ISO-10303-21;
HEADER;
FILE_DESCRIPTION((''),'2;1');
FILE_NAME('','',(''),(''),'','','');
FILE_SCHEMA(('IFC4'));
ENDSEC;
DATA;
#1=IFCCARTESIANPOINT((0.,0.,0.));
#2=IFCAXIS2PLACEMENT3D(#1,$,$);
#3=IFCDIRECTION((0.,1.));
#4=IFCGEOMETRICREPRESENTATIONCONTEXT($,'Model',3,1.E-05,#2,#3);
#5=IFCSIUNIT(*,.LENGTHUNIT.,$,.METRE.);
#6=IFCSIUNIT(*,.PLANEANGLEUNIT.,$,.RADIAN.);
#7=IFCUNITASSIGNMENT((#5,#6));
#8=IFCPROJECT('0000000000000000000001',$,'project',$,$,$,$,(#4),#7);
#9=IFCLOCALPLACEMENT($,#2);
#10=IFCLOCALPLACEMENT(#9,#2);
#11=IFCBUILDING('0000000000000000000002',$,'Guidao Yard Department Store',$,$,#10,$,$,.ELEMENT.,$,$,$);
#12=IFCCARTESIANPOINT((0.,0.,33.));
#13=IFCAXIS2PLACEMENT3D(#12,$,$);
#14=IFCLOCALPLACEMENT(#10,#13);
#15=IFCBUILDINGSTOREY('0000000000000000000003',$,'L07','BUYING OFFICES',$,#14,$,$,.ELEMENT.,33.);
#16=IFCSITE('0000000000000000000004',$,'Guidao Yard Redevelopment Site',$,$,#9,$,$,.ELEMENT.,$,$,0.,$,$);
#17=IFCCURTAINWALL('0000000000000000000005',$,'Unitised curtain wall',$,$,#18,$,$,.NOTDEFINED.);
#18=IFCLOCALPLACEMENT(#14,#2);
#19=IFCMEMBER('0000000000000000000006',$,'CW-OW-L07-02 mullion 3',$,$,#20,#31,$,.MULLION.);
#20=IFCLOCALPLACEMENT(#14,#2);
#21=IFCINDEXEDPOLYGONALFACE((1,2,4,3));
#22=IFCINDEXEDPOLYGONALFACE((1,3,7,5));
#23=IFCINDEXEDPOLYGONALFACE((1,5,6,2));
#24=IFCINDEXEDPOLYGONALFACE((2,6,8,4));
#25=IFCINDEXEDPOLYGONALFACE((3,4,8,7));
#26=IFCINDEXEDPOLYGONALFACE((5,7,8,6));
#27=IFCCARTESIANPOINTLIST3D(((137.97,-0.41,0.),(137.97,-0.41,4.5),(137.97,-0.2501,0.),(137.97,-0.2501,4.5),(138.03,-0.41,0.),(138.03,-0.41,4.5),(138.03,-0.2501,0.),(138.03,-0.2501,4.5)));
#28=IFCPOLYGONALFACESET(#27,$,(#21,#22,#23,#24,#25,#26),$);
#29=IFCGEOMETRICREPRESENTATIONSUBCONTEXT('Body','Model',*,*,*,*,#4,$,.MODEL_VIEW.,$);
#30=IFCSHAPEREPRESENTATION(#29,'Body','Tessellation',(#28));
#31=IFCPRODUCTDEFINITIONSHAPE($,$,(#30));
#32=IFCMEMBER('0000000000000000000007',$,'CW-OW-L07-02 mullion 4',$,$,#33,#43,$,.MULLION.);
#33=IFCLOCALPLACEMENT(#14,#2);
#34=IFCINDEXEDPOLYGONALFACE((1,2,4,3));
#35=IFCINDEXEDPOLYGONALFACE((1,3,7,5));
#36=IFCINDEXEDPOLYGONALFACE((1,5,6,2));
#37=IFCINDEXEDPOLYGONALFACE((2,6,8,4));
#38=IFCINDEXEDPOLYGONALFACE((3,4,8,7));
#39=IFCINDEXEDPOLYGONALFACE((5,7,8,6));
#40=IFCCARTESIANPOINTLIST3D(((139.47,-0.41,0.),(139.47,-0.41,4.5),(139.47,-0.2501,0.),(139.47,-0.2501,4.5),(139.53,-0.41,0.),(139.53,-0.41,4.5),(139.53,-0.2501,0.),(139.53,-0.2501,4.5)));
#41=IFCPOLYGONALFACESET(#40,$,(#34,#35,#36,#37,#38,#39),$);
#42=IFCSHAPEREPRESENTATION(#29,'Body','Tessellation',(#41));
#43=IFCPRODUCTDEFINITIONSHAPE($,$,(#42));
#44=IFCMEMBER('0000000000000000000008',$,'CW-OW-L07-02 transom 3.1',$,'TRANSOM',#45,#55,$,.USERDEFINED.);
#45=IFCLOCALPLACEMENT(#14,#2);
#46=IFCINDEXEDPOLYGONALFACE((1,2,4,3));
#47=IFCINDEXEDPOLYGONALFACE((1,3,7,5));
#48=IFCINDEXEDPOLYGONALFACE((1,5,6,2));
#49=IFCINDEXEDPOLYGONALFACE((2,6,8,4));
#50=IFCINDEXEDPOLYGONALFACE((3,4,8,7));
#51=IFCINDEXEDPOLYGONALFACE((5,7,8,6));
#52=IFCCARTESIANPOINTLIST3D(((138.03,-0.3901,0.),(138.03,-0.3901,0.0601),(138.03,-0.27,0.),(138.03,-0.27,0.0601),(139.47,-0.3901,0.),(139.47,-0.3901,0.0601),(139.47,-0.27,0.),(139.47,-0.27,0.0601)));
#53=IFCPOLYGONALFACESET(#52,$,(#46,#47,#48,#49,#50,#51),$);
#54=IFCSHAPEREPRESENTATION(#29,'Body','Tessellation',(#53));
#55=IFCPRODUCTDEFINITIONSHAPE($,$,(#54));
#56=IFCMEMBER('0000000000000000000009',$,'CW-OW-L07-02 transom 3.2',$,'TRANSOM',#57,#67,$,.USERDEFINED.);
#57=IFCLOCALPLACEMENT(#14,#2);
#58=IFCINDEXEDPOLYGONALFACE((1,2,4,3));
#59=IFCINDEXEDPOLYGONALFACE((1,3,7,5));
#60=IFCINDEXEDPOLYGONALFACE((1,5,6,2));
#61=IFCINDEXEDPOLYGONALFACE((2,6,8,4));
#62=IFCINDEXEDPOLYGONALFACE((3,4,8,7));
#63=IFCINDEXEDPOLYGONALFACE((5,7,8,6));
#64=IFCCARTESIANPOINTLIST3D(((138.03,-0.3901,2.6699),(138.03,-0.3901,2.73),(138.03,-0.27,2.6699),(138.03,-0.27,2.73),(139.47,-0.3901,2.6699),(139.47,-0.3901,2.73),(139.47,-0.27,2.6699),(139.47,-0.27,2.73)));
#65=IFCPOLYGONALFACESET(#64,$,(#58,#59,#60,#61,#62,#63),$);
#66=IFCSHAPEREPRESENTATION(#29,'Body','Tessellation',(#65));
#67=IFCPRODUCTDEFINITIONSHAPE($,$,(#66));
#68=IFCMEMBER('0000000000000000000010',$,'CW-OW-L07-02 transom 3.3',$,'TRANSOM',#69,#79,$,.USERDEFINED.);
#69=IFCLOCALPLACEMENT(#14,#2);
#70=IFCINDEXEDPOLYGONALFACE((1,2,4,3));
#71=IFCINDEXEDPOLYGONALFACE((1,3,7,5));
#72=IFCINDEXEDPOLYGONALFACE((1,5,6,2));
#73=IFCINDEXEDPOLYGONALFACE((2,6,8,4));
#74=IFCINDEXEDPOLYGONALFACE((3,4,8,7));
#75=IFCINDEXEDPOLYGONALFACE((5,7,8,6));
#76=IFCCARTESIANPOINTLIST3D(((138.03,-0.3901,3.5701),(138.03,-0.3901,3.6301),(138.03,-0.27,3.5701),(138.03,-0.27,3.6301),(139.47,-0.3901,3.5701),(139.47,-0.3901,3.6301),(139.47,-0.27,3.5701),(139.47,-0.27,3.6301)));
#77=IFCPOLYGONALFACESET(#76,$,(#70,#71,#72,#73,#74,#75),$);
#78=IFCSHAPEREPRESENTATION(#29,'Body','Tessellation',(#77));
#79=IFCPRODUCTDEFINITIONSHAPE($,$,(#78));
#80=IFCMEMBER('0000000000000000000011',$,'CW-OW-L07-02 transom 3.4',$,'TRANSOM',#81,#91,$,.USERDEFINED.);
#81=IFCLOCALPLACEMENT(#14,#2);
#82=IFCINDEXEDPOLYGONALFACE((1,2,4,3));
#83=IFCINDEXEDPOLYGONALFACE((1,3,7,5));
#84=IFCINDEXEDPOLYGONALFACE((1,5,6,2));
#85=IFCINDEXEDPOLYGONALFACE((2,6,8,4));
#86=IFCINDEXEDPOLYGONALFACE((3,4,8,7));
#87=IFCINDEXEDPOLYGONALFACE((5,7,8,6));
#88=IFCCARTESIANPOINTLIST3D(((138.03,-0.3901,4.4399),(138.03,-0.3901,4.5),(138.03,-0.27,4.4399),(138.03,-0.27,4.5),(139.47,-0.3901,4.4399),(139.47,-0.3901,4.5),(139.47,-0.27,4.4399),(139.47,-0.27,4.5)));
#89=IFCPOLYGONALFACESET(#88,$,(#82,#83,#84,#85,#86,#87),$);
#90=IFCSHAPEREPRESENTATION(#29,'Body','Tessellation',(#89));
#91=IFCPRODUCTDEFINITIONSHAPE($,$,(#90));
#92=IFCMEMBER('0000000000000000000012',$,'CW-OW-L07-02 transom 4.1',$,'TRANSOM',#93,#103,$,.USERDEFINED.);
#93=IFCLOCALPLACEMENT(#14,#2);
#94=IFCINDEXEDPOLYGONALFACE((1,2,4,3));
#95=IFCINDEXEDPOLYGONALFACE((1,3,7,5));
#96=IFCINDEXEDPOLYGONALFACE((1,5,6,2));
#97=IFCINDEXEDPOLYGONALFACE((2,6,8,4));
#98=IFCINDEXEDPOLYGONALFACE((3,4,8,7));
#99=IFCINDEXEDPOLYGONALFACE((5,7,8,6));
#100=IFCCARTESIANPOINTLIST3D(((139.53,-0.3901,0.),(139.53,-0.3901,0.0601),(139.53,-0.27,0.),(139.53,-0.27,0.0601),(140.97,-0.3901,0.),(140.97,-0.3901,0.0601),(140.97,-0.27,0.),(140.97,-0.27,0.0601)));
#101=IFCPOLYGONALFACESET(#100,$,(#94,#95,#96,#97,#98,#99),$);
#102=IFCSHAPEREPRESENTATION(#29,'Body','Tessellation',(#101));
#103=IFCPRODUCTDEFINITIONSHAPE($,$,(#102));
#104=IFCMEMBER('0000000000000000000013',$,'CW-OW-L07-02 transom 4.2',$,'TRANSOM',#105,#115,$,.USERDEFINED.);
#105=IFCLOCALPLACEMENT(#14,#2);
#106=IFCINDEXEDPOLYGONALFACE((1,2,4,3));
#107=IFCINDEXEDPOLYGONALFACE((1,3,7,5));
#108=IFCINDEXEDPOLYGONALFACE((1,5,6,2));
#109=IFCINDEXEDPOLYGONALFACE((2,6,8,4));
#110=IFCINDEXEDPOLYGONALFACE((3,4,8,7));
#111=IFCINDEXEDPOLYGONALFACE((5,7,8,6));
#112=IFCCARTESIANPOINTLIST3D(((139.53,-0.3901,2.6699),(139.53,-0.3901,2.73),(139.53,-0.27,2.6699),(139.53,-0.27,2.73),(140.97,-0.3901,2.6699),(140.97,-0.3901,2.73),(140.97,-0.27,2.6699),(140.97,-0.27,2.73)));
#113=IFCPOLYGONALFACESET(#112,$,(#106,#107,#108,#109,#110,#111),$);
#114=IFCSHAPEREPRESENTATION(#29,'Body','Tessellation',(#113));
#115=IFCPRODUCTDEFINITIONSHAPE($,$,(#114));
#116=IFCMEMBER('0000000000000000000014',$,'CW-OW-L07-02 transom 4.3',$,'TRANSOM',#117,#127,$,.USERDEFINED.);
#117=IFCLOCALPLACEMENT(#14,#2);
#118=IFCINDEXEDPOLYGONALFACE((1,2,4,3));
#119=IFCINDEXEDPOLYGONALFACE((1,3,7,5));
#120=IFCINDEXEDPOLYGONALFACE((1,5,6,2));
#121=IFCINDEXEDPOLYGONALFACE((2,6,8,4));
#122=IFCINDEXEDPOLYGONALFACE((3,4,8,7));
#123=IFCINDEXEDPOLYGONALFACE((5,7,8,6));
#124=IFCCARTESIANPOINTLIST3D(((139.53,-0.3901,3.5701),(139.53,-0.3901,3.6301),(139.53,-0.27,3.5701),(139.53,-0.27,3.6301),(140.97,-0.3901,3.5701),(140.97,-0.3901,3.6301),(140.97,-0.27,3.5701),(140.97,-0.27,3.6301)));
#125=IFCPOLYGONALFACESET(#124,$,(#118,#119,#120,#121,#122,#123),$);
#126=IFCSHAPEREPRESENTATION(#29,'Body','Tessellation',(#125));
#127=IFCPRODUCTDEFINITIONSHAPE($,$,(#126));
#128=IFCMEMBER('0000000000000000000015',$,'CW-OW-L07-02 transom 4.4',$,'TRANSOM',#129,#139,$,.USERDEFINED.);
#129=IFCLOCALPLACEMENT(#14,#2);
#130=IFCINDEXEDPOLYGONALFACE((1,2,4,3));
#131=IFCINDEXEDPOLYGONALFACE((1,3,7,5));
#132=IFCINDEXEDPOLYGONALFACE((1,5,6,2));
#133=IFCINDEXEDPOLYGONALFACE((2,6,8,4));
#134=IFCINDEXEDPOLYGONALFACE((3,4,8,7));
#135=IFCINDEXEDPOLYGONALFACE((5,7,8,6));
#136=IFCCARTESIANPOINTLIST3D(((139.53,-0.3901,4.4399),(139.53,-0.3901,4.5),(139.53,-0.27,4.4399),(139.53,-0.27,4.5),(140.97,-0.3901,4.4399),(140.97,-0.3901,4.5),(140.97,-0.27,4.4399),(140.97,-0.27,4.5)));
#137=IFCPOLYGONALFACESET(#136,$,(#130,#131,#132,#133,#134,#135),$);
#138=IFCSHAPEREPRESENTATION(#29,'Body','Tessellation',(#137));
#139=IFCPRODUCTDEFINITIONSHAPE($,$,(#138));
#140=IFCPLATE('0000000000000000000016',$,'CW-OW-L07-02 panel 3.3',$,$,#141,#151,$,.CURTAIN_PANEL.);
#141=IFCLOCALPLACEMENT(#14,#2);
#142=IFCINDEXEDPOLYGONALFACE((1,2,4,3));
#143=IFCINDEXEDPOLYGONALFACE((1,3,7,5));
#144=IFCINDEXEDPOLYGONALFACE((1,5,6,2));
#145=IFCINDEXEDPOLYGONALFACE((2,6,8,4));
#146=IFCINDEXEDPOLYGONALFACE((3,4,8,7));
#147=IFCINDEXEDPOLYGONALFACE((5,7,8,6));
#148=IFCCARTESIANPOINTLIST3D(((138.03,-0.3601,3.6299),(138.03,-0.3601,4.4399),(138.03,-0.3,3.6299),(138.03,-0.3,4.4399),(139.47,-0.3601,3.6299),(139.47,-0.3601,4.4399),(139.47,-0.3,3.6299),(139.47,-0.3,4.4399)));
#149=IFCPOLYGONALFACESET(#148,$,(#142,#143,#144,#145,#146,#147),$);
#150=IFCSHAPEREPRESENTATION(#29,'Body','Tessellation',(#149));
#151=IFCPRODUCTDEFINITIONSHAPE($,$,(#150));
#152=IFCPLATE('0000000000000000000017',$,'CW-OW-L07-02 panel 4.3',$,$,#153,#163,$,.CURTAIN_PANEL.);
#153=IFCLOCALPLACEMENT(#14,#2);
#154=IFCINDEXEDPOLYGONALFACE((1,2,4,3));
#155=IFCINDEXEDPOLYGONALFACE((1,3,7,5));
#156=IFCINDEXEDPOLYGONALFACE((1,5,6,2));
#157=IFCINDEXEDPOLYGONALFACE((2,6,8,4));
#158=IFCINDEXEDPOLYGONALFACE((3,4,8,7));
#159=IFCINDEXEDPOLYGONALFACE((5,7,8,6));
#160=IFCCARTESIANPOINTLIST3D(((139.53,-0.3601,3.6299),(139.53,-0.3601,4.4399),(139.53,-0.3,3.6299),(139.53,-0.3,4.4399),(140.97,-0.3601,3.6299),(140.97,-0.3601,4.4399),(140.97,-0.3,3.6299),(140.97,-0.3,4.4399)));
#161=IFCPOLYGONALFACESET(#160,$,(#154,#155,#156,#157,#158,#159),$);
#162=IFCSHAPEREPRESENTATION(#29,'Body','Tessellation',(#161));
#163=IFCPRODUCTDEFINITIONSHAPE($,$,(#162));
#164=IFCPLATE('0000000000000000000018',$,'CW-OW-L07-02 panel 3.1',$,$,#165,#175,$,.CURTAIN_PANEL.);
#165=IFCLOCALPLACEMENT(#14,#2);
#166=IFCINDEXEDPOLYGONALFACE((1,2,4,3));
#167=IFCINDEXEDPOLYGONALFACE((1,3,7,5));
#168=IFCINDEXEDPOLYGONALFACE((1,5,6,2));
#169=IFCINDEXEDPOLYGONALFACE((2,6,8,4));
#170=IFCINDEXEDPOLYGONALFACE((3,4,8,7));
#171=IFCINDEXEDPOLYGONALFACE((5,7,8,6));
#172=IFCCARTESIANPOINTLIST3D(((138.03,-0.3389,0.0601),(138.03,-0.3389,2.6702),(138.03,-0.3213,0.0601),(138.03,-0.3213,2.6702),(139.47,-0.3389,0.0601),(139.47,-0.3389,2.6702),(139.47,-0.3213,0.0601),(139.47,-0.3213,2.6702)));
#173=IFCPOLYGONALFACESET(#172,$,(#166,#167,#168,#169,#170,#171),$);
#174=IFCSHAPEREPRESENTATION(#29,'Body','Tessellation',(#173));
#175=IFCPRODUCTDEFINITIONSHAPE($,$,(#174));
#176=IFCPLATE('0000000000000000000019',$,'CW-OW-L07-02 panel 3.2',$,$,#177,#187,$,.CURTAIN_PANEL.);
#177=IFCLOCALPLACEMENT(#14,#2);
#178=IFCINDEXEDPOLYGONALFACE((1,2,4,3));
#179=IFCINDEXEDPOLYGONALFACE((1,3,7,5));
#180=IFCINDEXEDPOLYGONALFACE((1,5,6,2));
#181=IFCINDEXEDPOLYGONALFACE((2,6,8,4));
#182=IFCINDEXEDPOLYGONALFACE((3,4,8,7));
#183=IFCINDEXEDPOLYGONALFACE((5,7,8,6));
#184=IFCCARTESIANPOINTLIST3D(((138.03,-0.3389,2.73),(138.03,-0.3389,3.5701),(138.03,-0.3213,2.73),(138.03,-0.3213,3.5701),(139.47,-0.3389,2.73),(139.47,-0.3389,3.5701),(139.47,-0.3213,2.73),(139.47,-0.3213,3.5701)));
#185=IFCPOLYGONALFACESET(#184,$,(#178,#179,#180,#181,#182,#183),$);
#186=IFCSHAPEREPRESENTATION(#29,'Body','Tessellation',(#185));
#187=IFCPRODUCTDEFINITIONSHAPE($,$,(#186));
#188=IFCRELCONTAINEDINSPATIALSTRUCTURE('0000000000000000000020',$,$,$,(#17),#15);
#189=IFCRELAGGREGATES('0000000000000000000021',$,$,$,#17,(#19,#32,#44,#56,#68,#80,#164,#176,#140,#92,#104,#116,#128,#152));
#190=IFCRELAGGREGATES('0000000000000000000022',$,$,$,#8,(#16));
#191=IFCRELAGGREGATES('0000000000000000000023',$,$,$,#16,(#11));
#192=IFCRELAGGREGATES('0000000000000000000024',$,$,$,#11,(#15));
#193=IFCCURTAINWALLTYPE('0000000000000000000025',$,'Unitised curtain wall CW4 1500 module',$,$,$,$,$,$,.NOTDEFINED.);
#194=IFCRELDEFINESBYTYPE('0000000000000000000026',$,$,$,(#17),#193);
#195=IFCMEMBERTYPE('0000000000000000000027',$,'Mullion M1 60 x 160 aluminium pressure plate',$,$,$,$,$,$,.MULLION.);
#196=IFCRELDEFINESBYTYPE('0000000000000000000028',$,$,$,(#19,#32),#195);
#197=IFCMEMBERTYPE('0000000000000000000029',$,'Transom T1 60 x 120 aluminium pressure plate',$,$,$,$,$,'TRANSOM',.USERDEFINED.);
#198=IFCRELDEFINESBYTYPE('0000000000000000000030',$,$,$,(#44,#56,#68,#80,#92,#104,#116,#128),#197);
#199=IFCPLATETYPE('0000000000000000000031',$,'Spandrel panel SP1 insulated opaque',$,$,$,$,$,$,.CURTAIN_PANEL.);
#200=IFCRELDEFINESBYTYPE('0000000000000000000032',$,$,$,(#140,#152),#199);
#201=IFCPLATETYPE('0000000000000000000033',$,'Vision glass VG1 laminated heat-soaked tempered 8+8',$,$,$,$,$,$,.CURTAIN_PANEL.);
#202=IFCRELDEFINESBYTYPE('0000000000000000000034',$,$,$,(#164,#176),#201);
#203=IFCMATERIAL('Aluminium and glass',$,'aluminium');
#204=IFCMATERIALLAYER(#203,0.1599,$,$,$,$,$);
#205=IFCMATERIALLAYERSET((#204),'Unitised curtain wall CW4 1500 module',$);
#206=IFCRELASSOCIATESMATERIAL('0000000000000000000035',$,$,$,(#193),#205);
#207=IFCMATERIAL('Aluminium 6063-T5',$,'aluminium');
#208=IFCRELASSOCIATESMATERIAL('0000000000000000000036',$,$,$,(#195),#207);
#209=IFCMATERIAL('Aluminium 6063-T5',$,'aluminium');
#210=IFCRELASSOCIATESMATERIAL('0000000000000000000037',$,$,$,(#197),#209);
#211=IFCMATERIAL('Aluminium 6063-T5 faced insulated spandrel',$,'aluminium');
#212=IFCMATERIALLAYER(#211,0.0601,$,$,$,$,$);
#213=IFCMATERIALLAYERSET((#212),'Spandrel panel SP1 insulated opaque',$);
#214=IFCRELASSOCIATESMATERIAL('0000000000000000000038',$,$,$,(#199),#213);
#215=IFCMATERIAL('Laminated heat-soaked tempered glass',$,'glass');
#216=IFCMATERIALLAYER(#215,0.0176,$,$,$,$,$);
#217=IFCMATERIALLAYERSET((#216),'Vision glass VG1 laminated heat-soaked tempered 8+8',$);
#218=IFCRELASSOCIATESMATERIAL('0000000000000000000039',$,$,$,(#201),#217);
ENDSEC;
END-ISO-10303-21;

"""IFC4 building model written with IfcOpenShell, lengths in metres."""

from ifc_helpers import new_model, si_unit, direction, frame, origin, origin_2d, place, context, subcontext, project, spatial, rectangle, extrude, material, layer, layer_set, material_profile, profile_set, type_object, element, aggregate, save


model = new_model("IFC4")

# Units and contexts
model_context = context("Model", 3, precision=1e-05, world=origin(), true_north=direction((0.0, 1.0)))
body_context = subcontext(model_context, "Body", "Model", "MODEL_VIEW")
ifc_project = project(units=[si_unit("LENGTHUNIT", "METRE"), si_unit("PLANEANGLEUNIT", "RADIAN")], contexts=[model_context])

# Site, building, storey
site_placement = place(None, origin())
site = spatial("IfcSite", under=ifc_project, at=site_placement, Name="Guidao Yard Redevelopment Site", CompositionType="ELEMENT", RefElevation=0.0)
building_placement = place(site_placement, origin())
building = spatial("IfcBuilding", under=site, at=building_placement, Name="Guidao Yard Department Store", CompositionType="ELEMENT")
storey_placement = place(building_placement, frame((0.0, 0.0, 33.0)))
storey = spatial("IfcBuildingStorey", under=building, at=storey_placement, Name="L07", Description="BUYING OFFICES", CompositionType="ELEMENT", Elevation=33.0)

# Curtain wall, members, plates
ifc_material_1 = material(Name="Aluminium and glass", Category="aluminium")
ifc_layer_1 = layer(ifc_material_1, 0.1599)
ifc_layer_set_1 = layer_set([ifc_layer_1], Name="Unitised curtain wall CW4 1500 module")
curtain_wall_type = type_object("IfcCurtainWallType", Name="Unitised curtain wall CW4 1500 module", PredefinedType="NOTDEFINED", material=ifc_layer_set_1)
curtain_wall_placement = place(storey_placement, origin())
curtain_wall = element("IfcCurtainWall", 1, at=curtain_wall_placement, inside=storey, type_object=curtain_wall_type, Name="Unitised curtain wall", PredefinedType="NOTDEFINED")
ifc_material_2 = material(Name="Aluminium 6063-T5", Category="aluminium")
ifc_material_profile_1 = material_profile(ifc_material_2, rectangle(XDim=0.0601, YDim=0.1599, at=origin_2d()), Name="Mullion M1 60 x 160 aluminium pressure plate")
ifc_profile_set_1 = profile_set([ifc_material_profile_1], Name="Aluminium 6063-T5")
member_type_1 = type_object("IfcMemberType", Name="Mullion M1 60 x 160 aluminium pressure plate", PredefinedType="MULLION", material=ifc_profile_set_1)
member_1_placement = place(storey_placement, frame((138.0, -0.3301, 0.0), z_axis=(0.0, 0.0, 1.0), x_axis=(-1.0, 0.0, 0.0)))
member_1 = element("IfcMember", 2, at=member_1_placement, type_object=member_type_1, Name="CW-OW-L07-02 mullion 3", PredefinedType="MULLION", context=body_context, shape_type="SweptSolid", body=[
    extrude(rectangle(XDim=0.0601, YDim=0.1599, at=origin_2d()), origin(), (0.0, 0.0, 1.0), 4.5),
])
member_2_placement = place(storey_placement, frame((139.5, -0.3301, 0.0), z_axis=(0.0, 0.0, 1.0), x_axis=(-1.0, 0.0, 0.0)))
member_2 = element("IfcMember", 3, at=member_2_placement, type_object=member_type_1, Name="CW-OW-L07-02 mullion 4", PredefinedType="MULLION", context=body_context, shape_type="SweptSolid", body=[
    extrude(rectangle(XDim=0.0601, YDim=0.1599, at=origin_2d()), origin(), (0.0, 0.0, 1.0), 4.5),
])
ifc_material_3 = material(Name="Aluminium 6063-T5", Category="aluminium")
ifc_material_profile_2 = material_profile(ifc_material_3, rectangle(XDim=0.1201, YDim=0.0601, at=origin_2d()), Name="Transom T1 60 x 120 aluminium pressure plate")
ifc_profile_set_2 = profile_set([ifc_material_profile_2], Name="Aluminium 6063-T5")
member_type_2 = type_object("IfcMemberType", Name="Transom T1 60 x 120 aluminium pressure plate", ElementType="TRANSOM", PredefinedType="USERDEFINED", material=ifc_profile_set_2)
member_3_placement = place(storey_placement, frame((139.47, -0.3301, 0.03), z_axis=(-1.0, 0.0, 0.0), x_axis=(0.0, -1.0, 0.0)))
member_3 = element("IfcMember", 4, at=member_3_placement, type_object=member_type_2, Name="CW-OW-L07-02 transom 3.1", ObjectType="TRANSOM", PredefinedType="USERDEFINED", context=body_context, shape_type="SweptSolid", body=[
    extrude(rectangle(XDim=0.1201, YDim=0.0601, at=origin_2d()), origin(), (0.0, 0.0, 1.0), 1.4399),
])
member_4_placement = place(storey_placement, frame((139.47, -0.3301, 2.7), z_axis=(-1.0, 0.0, 0.0), x_axis=(0.0, -1.0, 0.0)))
member_4 = element("IfcMember", 5, at=member_4_placement, type_object=member_type_2, Name="CW-OW-L07-02 transom 3.2", ObjectType="TRANSOM", PredefinedType="USERDEFINED", context=body_context, shape_type="SweptSolid", body=[
    extrude(rectangle(XDim=0.1201, YDim=0.0601, at=origin_2d()), origin(), (0.0, 0.0, 1.0), 1.4399),
])
member_5_placement = place(storey_placement, frame((139.47, -0.3301, 3.6001), z_axis=(-1.0, 0.0, 0.0), x_axis=(0.0, -1.0, 0.0)))
member_5 = element("IfcMember", 6, at=member_5_placement, type_object=member_type_2, Name="CW-OW-L07-02 transom 3.3", ObjectType="TRANSOM", PredefinedType="USERDEFINED", context=body_context, shape_type="SweptSolid", body=[
    extrude(rectangle(XDim=0.1201, YDim=0.0601, at=origin_2d()), origin(), (0.0, 0.0, 1.0), 1.4399),
])
member_6_placement = place(storey_placement, frame((139.47, -0.3301, 4.47), z_axis=(-1.0, 0.0, 0.0), x_axis=(0.0, -1.0, 0.0)))
member_6 = element("IfcMember", 7, at=member_6_placement, type_object=member_type_2, Name="CW-OW-L07-02 transom 3.4", ObjectType="TRANSOM", PredefinedType="USERDEFINED", context=body_context, shape_type="SweptSolid", body=[
    extrude(rectangle(XDim=0.1201, YDim=0.0601, at=origin_2d()), origin(), (0.0, 0.0, 1.0), 1.4399),
])
member_7_placement = place(storey_placement, frame((140.97, -0.3301, 0.03), z_axis=(-1.0, 0.0, 0.0), x_axis=(0.0, -1.0, 0.0)))
member_7 = element("IfcMember", 8, at=member_7_placement, type_object=member_type_2, Name="CW-OW-L07-02 transom 4.1", ObjectType="TRANSOM", PredefinedType="USERDEFINED", context=body_context, shape_type="SweptSolid", body=[
    extrude(rectangle(XDim=0.1201, YDim=0.0601, at=origin_2d()), origin(), (0.0, 0.0, 1.0), 1.4399),
])
member_8_placement = place(storey_placement, frame((140.97, -0.3301, 2.7), z_axis=(-1.0, 0.0, 0.0), x_axis=(0.0, -1.0, 0.0)))
member_8 = element("IfcMember", 9, at=member_8_placement, type_object=member_type_2, Name="CW-OW-L07-02 transom 4.2", ObjectType="TRANSOM", PredefinedType="USERDEFINED", context=body_context, shape_type="SweptSolid", body=[
    extrude(rectangle(XDim=0.1201, YDim=0.0601, at=origin_2d()), origin(), (0.0, 0.0, 1.0), 1.4399),
])
member_9_placement = place(storey_placement, frame((140.97, -0.3301, 3.6001), z_axis=(-1.0, 0.0, 0.0), x_axis=(0.0, -1.0, 0.0)))
member_9 = element("IfcMember", 10, at=member_9_placement, type_object=member_type_2, Name="CW-OW-L07-02 transom 4.3", ObjectType="TRANSOM", PredefinedType="USERDEFINED", context=body_context, shape_type="SweptSolid", body=[
    extrude(rectangle(XDim=0.1201, YDim=0.0601, at=origin_2d()), origin(), (0.0, 0.0, 1.0), 1.4399),
])
member_10_placement = place(storey_placement, frame((140.97, -0.3301, 4.47), z_axis=(-1.0, 0.0, 0.0), x_axis=(0.0, -1.0, 0.0)))
member_10 = element("IfcMember", 11, at=member_10_placement, type_object=member_type_2, Name="CW-OW-L07-02 transom 4.4", ObjectType="TRANSOM", PredefinedType="USERDEFINED", context=body_context, shape_type="SweptSolid", body=[
    extrude(rectangle(XDim=0.1201, YDim=0.0601, at=origin_2d()), origin(), (0.0, 0.0, 1.0), 1.4399),
])
ifc_material_4 = material(Name="Aluminium 6063-T5 faced insulated spandrel", Category="aluminium")
ifc_layer_2 = layer(ifc_material_4, 0.0601)
ifc_layer_set_2 = layer_set([ifc_layer_2], Name="Spandrel panel SP1 insulated opaque")
plate_type_1 = type_object("IfcPlateType", Name="Spandrel panel SP1 insulated opaque", PredefinedType="CURTAIN_PANEL", material=ifc_layer_set_2)
plate_1_placement = place(storey_placement, frame((138.75, -0.3301, 3.6299), z_axis=(0.0, 0.0, 1.0), x_axis=(-1.0, 0.0, 0.0)))
plate_1 = element("IfcPlate", 12, at=plate_1_placement, type_object=plate_type_1, Name="CW-OW-L07-02 panel 3.3", PredefinedType="CURTAIN_PANEL", context=body_context, shape_type="SweptSolid", body=[
    extrude(rectangle(XDim=1.4399, YDim=0.0601, at=origin_2d()), origin(), (0.0, 0.0, 1.0), 0.8101),
])
plate_2_placement = place(storey_placement, frame((140.25, -0.3301, 3.6299), z_axis=(0.0, 0.0, 1.0), x_axis=(-1.0, 0.0, 0.0)))
plate_2 = element("IfcPlate", 13, at=plate_2_placement, type_object=plate_type_1, Name="CW-OW-L07-02 panel 4.3", PredefinedType="CURTAIN_PANEL", context=body_context, shape_type="SweptSolid", body=[
    extrude(rectangle(XDim=1.4399, YDim=0.0601, at=origin_2d()), origin(), (0.0, 0.0, 1.0), 0.8101),
])
ifc_material_5 = material(Name="Laminated heat-soaked tempered glass", Category="glass")
ifc_layer_3 = layer(ifc_material_5, 0.0176)
ifc_layer_set_3 = layer_set([ifc_layer_3], Name="Vision glass VG1 laminated heat-soaked tempered 8+8")
plate_type_2 = type_object("IfcPlateType", Name="Vision glass VG1 laminated heat-soaked tempered 8+8", PredefinedType="CURTAIN_PANEL", material=ifc_layer_set_3)
plate_3_placement = place(storey_placement, frame((138.75, -0.3301, 0.0601), z_axis=(0.0, 0.0, 1.0), x_axis=(-1.0, 0.0, 0.0)))
plate_3 = element("IfcPlate", 14, at=plate_3_placement, type_object=plate_type_2, Name="CW-OW-L07-02 panel 3.1", PredefinedType="CURTAIN_PANEL", context=body_context, shape_type="SweptSolid", body=[
    extrude(rectangle(XDim=1.4399, YDim=0.0176, at=origin_2d()), origin(), (0.0, 0.0, 1.0), 2.6101),
])
plate_4_placement = place(storey_placement, frame((138.75, -0.3301, 2.73), z_axis=(0.0, 0.0, 1.0), x_axis=(-1.0, 0.0, 0.0)))
plate_4 = element("IfcPlate", 15, at=plate_4_placement, type_object=plate_type_2, Name="CW-OW-L07-02 panel 3.2", PredefinedType="CURTAIN_PANEL", context=body_context, shape_type="SweptSolid", body=[
    extrude(rectangle(XDim=1.4399, YDim=0.0176, at=origin_2d()), origin(), (0.0, 0.0, 1.0), 0.8401),
])
aggregate(curtain_wall, [member_1, member_2, member_3, member_4, member_5, member_6, plate_3, plate_4, plate_1, member_7, member_8, member_9, member_10, plate_2])

save(model, "model.ifc")
